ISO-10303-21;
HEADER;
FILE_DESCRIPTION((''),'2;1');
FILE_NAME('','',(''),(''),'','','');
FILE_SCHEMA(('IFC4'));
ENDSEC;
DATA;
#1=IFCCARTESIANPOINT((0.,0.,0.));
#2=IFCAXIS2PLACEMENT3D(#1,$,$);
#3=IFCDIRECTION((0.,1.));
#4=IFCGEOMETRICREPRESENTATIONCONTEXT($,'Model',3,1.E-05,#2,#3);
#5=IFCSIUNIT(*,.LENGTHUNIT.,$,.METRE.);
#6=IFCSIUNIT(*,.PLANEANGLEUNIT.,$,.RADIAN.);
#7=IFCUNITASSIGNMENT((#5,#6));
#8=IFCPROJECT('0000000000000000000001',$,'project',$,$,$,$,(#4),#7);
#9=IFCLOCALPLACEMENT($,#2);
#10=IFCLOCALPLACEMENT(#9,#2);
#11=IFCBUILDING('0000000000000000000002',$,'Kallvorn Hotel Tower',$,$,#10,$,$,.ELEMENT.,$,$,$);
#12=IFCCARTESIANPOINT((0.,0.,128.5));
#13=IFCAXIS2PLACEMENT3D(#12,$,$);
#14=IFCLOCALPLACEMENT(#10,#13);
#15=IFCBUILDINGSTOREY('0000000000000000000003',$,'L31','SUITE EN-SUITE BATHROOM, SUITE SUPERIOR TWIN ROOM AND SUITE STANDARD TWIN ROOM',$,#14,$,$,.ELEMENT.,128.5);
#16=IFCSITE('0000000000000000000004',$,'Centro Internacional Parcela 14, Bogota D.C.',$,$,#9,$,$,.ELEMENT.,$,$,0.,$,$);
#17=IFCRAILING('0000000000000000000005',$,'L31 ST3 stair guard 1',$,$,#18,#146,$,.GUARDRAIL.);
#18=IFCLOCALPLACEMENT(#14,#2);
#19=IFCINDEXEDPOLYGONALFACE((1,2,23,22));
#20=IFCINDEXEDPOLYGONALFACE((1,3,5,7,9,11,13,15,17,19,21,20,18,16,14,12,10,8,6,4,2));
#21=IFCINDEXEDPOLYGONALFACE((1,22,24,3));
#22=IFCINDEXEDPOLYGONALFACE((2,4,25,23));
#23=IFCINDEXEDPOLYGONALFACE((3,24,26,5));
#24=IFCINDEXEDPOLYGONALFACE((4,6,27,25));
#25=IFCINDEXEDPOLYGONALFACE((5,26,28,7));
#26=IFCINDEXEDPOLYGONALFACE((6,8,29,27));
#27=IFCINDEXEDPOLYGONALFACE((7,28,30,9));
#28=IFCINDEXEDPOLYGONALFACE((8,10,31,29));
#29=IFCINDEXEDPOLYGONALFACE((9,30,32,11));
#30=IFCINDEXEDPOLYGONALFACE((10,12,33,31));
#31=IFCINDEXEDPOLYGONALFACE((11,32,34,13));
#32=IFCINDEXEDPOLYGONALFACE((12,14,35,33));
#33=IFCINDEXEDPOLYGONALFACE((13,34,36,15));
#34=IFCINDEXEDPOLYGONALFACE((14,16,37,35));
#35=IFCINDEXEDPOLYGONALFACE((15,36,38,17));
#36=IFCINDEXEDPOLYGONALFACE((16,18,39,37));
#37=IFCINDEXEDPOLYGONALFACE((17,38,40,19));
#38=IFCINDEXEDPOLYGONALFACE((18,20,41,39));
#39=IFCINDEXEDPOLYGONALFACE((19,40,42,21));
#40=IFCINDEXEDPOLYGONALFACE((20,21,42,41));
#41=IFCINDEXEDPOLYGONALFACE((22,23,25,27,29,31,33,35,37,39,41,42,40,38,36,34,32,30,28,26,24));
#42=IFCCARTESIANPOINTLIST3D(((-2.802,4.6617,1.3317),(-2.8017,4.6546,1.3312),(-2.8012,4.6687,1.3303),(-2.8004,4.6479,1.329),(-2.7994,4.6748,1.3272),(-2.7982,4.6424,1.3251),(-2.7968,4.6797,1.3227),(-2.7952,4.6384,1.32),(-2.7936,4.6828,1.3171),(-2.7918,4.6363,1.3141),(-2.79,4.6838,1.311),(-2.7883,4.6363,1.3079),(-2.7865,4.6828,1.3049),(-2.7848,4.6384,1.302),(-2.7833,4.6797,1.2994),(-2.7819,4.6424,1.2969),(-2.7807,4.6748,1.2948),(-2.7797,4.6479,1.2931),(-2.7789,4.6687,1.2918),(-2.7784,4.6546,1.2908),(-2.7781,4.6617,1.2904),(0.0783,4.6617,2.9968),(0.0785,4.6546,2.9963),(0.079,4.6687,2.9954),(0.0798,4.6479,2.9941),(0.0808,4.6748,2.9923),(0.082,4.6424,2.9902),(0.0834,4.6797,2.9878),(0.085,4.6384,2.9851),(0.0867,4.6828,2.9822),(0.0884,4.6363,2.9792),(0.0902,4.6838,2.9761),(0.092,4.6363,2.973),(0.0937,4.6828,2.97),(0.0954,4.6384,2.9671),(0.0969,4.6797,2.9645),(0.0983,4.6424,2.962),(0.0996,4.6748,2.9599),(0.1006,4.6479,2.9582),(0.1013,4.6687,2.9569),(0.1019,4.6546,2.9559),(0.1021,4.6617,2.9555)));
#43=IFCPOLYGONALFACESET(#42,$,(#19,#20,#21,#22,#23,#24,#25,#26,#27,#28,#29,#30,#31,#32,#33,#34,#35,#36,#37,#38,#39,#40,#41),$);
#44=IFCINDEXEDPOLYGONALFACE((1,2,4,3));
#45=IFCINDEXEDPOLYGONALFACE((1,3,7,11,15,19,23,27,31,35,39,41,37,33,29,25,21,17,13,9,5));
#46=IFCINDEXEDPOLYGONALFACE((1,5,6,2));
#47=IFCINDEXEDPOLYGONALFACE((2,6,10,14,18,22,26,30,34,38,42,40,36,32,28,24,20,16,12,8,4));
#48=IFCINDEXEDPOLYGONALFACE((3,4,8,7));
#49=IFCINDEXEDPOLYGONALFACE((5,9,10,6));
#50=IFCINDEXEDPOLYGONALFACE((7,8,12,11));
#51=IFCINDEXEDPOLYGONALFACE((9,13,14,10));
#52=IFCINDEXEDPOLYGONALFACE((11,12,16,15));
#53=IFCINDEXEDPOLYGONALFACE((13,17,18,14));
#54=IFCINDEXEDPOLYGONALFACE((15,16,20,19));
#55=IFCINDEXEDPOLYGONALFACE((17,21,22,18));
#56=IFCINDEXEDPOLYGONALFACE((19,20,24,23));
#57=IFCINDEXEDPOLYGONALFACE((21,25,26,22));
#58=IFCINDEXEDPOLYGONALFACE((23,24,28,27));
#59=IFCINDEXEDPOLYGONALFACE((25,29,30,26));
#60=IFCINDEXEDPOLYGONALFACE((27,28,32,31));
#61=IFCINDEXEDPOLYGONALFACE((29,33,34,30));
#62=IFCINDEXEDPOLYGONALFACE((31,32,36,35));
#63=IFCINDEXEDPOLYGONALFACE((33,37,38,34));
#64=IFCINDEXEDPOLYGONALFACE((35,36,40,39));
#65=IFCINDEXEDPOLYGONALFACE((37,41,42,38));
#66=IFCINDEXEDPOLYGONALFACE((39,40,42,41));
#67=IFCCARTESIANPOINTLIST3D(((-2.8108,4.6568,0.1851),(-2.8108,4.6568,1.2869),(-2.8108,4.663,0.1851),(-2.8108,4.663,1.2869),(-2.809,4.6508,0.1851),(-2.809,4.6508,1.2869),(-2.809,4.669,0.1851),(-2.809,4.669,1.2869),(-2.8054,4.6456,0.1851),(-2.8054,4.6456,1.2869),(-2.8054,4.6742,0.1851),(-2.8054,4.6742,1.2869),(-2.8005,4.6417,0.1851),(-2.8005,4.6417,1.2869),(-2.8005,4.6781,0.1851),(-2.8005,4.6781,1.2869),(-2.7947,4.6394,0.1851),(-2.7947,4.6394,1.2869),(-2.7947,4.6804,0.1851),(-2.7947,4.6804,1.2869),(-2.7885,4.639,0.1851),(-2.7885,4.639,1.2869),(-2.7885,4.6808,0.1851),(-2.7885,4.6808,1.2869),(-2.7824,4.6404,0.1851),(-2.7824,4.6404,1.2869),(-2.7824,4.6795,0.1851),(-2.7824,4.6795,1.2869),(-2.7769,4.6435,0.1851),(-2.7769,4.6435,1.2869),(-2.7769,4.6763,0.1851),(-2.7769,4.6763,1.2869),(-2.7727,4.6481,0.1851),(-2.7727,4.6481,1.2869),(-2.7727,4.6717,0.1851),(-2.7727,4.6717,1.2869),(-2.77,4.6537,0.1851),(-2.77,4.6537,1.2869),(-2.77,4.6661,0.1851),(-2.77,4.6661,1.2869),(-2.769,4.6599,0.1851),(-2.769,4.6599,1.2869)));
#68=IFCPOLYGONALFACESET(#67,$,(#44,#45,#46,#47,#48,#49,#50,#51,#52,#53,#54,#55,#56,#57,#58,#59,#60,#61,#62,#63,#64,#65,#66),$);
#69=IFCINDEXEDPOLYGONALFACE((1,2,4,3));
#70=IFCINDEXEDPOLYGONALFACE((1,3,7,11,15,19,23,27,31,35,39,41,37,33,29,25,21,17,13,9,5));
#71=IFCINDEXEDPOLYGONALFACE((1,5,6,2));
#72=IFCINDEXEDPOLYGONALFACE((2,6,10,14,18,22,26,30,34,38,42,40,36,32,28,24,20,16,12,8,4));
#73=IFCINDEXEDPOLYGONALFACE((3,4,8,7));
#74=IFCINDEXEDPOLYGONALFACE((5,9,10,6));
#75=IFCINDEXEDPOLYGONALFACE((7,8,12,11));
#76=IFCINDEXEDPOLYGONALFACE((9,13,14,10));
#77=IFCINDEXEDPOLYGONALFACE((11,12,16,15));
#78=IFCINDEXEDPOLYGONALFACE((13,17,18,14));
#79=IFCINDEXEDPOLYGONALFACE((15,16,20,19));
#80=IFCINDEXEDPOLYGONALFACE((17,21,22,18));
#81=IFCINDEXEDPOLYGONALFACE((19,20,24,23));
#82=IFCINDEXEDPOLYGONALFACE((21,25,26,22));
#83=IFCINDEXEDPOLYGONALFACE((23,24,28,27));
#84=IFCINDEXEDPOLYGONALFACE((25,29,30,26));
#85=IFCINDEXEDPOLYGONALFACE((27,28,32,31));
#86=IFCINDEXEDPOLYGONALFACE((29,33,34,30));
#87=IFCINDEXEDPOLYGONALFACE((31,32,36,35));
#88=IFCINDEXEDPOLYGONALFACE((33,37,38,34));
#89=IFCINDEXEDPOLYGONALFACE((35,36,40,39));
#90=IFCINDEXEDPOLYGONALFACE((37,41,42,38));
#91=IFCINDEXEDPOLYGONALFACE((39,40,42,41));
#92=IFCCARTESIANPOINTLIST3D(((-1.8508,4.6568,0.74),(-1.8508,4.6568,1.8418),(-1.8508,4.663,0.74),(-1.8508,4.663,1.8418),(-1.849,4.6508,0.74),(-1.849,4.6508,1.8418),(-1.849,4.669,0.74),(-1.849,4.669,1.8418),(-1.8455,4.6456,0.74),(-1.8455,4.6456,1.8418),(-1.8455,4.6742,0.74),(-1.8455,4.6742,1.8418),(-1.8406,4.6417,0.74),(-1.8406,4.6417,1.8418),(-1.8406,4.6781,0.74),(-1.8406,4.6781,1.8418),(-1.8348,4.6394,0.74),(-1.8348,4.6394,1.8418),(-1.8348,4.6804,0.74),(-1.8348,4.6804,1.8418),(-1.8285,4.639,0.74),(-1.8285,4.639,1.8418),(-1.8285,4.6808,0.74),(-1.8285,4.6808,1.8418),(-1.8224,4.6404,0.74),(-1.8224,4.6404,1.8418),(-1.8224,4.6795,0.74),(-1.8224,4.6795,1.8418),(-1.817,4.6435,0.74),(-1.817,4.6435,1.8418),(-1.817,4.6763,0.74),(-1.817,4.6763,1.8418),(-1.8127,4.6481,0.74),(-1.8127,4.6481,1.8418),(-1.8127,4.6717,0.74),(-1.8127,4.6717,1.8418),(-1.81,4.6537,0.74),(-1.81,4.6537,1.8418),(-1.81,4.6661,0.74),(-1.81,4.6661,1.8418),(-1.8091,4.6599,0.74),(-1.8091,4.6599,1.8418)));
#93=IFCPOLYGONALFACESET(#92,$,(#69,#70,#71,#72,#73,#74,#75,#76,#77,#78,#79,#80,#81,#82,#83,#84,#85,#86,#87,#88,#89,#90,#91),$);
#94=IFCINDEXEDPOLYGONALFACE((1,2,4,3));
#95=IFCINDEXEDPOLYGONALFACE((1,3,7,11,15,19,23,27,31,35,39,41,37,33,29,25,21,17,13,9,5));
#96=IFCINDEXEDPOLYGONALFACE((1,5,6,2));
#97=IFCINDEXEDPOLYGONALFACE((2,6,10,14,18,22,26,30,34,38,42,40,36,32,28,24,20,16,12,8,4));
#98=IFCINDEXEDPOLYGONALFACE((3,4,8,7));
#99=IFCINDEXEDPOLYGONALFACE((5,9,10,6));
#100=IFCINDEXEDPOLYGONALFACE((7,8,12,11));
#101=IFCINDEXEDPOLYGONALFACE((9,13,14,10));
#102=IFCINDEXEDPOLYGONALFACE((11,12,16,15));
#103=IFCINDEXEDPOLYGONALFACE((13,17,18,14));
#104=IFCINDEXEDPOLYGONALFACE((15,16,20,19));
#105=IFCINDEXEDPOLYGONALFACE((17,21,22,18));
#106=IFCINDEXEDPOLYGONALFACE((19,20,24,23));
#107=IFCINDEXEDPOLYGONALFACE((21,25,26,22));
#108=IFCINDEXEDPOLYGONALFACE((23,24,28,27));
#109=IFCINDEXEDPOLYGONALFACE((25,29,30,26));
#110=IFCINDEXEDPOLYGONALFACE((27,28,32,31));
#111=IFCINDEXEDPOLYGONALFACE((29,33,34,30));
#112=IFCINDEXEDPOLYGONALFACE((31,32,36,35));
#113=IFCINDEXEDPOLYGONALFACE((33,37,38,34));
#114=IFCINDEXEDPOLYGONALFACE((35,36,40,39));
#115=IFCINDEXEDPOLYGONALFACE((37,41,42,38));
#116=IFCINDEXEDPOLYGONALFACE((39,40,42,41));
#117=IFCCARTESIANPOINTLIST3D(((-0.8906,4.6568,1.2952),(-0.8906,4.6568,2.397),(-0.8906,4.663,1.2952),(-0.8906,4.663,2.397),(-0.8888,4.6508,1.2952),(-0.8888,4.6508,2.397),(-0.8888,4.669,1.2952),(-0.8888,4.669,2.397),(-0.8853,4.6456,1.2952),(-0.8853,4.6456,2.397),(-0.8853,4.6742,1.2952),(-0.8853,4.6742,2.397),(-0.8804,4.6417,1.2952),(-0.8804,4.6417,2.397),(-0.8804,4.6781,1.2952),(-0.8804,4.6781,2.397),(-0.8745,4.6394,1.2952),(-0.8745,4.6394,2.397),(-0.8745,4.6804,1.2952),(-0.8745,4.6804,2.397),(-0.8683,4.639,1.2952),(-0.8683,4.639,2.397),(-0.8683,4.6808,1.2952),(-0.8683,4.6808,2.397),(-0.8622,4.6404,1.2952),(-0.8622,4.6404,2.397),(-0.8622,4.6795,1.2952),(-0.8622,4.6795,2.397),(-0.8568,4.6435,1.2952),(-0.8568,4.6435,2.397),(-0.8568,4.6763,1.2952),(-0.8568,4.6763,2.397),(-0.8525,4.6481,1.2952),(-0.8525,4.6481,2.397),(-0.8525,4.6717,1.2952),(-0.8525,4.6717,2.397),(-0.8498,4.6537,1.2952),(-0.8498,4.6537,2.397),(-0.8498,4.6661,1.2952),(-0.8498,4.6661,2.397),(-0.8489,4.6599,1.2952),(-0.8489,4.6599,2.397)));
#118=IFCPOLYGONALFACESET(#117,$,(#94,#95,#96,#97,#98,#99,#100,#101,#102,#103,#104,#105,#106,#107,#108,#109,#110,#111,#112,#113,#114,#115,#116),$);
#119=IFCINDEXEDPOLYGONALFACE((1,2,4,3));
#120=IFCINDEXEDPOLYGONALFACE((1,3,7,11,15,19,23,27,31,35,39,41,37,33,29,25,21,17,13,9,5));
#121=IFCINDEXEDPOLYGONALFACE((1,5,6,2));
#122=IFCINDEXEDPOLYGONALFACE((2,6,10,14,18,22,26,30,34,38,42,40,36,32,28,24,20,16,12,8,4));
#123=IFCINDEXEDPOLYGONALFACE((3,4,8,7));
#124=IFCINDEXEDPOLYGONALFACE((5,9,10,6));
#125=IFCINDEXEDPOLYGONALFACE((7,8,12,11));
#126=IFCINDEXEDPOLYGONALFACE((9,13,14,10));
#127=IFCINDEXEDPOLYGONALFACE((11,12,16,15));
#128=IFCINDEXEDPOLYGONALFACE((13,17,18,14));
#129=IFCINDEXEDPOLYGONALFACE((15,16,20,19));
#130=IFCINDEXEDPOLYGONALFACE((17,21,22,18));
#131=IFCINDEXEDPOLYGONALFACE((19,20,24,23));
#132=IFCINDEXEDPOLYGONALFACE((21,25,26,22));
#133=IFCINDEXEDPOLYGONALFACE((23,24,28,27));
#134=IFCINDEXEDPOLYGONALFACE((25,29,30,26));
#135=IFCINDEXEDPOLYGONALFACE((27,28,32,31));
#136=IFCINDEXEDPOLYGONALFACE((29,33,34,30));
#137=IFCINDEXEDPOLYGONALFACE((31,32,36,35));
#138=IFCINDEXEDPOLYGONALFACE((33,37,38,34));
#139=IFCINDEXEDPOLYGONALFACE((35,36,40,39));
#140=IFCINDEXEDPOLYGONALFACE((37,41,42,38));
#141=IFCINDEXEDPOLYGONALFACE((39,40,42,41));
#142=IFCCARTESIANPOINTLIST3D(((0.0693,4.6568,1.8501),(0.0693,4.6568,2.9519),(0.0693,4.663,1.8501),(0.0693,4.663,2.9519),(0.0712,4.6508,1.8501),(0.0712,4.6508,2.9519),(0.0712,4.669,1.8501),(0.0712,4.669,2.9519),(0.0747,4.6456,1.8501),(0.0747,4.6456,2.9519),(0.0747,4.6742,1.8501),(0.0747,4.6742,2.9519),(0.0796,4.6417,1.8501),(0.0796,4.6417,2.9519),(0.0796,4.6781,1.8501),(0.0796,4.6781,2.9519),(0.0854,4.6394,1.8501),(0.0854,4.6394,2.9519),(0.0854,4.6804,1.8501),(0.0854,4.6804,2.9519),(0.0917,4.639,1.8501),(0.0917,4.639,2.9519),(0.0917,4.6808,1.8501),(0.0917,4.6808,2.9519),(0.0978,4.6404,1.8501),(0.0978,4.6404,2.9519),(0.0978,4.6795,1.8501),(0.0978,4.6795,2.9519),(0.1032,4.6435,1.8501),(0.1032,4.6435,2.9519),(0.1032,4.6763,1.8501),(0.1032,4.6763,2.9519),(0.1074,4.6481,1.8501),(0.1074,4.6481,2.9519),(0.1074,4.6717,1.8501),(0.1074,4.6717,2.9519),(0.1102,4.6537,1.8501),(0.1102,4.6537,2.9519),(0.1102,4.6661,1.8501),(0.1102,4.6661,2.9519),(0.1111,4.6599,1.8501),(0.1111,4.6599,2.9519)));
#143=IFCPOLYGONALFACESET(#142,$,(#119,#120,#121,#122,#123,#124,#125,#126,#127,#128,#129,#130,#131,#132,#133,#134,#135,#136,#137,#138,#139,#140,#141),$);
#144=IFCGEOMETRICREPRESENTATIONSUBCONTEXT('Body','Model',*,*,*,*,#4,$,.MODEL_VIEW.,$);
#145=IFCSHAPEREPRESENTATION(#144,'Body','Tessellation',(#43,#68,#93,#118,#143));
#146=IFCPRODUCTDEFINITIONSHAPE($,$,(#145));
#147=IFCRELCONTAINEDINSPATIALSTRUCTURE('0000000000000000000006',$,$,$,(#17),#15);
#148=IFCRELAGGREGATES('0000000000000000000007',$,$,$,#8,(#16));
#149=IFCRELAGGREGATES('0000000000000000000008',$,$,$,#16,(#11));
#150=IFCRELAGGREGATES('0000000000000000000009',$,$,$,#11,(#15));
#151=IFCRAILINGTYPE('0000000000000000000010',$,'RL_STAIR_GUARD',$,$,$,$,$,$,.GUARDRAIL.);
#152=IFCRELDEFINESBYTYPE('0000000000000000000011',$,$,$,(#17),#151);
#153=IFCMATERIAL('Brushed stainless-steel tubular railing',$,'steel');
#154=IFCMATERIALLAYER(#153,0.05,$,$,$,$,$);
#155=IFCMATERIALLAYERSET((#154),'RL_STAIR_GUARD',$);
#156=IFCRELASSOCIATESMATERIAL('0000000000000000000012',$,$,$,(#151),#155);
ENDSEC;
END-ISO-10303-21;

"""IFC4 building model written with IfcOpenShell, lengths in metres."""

from ifc_helpers import new_model, si_unit, direction, frame, origin, origin_2d, place, context, subcontext, project, spatial, circle, extrude, material, layer, layer_set, type_object, element, save


model = new_model("IFC4")

# Units and contexts
model_context = context("Model", 3, precision=1e-05, world=origin(), true_north=direction((0.0, 1.0)))
body_context = subcontext(model_context, "Body", "Model", "MODEL_VIEW")
ifc_project = project(units=[si_unit("LENGTHUNIT", "METRE"), si_unit("PLANEANGLEUNIT", "RADIAN")], contexts=[model_context])

# Site, building, storey
site_placement = place(None, origin())
site = spatial("IfcSite", under=ifc_project, at=site_placement, Name="Centro Internacional Parcela 14, Bogota D.C.", CompositionType="ELEMENT", RefElevation=0.0)
building_placement = place(site_placement, origin())
building = spatial("IfcBuilding", under=site, at=building_placement, Name="Kallvorn Hotel Tower", CompositionType="ELEMENT")
storey_placement = place(building_placement, frame((0.0, 0.0, 128.5)))
storey = spatial("IfcBuildingStorey", under=building, at=storey_placement, Name="L31", Description="SUITE EN-SUITE BATHROOM, SUITE SUPERIOR TWIN ROOM AND SUITE STANDARD TWIN ROOM", CompositionType="ELEMENT", Elevation=128.5)

# Railing
ifc_material_1 = material(Name="Brushed stainless-steel tubular railing", Category="steel")
ifc_layer_1 = layer(ifc_material_1, 0.05)
ifc_layer_set_1 = layer_set([ifc_layer_1], Name="RL_STAIR_GUARD")
railing_type_1 = type_object("IfcRailingType", Name="RL_STAIR_GUARD", PredefinedType="GUARDRAIL", material=ifc_layer_set_1)
railing_1_placement = place(storey_placement, frame((-2.79, 4.6599, 0.1851)))
element("IfcRailing", 1, at=railing_1_placement, inside=storey, type_object=railing_type_1, Name="L31 ST3 stair guard 1", PredefinedType="GUARDRAIL", context=body_context, shape_type="SweptSolid", body=[
    extrude(circle(Radius=0.0239, at=origin_2d()), frame((0.0, 0.0, 1.126), z_axis=(0.865739, 0.0, 0.500495), x_axis=(0.0, 1.0, 0.0)), (0.0, 0.0, 1.0), 3.3269),
    extrude(circle(Radius=0.021, at=origin_2d()), origin(), (0.0, 0.0, 1.0), 1.1018),
    extrude(circle(Radius=0.021, at=origin_2d()), frame((0.96, 0.0, 0.5549)), (0.0, 0.0, 1.0), 1.1018),
    extrude(circle(Radius=0.021, at=origin_2d()), frame((1.9202, 0.0, 1.1101)), (0.0, 0.0, 1.0), 1.1018),
    extrude(circle(Radius=0.021, at=origin_2d()), frame((2.8801, 0.0, 1.665)), (0.0, 0.0, 1.0), 1.1018),
])

save(model, "model.ifc")
